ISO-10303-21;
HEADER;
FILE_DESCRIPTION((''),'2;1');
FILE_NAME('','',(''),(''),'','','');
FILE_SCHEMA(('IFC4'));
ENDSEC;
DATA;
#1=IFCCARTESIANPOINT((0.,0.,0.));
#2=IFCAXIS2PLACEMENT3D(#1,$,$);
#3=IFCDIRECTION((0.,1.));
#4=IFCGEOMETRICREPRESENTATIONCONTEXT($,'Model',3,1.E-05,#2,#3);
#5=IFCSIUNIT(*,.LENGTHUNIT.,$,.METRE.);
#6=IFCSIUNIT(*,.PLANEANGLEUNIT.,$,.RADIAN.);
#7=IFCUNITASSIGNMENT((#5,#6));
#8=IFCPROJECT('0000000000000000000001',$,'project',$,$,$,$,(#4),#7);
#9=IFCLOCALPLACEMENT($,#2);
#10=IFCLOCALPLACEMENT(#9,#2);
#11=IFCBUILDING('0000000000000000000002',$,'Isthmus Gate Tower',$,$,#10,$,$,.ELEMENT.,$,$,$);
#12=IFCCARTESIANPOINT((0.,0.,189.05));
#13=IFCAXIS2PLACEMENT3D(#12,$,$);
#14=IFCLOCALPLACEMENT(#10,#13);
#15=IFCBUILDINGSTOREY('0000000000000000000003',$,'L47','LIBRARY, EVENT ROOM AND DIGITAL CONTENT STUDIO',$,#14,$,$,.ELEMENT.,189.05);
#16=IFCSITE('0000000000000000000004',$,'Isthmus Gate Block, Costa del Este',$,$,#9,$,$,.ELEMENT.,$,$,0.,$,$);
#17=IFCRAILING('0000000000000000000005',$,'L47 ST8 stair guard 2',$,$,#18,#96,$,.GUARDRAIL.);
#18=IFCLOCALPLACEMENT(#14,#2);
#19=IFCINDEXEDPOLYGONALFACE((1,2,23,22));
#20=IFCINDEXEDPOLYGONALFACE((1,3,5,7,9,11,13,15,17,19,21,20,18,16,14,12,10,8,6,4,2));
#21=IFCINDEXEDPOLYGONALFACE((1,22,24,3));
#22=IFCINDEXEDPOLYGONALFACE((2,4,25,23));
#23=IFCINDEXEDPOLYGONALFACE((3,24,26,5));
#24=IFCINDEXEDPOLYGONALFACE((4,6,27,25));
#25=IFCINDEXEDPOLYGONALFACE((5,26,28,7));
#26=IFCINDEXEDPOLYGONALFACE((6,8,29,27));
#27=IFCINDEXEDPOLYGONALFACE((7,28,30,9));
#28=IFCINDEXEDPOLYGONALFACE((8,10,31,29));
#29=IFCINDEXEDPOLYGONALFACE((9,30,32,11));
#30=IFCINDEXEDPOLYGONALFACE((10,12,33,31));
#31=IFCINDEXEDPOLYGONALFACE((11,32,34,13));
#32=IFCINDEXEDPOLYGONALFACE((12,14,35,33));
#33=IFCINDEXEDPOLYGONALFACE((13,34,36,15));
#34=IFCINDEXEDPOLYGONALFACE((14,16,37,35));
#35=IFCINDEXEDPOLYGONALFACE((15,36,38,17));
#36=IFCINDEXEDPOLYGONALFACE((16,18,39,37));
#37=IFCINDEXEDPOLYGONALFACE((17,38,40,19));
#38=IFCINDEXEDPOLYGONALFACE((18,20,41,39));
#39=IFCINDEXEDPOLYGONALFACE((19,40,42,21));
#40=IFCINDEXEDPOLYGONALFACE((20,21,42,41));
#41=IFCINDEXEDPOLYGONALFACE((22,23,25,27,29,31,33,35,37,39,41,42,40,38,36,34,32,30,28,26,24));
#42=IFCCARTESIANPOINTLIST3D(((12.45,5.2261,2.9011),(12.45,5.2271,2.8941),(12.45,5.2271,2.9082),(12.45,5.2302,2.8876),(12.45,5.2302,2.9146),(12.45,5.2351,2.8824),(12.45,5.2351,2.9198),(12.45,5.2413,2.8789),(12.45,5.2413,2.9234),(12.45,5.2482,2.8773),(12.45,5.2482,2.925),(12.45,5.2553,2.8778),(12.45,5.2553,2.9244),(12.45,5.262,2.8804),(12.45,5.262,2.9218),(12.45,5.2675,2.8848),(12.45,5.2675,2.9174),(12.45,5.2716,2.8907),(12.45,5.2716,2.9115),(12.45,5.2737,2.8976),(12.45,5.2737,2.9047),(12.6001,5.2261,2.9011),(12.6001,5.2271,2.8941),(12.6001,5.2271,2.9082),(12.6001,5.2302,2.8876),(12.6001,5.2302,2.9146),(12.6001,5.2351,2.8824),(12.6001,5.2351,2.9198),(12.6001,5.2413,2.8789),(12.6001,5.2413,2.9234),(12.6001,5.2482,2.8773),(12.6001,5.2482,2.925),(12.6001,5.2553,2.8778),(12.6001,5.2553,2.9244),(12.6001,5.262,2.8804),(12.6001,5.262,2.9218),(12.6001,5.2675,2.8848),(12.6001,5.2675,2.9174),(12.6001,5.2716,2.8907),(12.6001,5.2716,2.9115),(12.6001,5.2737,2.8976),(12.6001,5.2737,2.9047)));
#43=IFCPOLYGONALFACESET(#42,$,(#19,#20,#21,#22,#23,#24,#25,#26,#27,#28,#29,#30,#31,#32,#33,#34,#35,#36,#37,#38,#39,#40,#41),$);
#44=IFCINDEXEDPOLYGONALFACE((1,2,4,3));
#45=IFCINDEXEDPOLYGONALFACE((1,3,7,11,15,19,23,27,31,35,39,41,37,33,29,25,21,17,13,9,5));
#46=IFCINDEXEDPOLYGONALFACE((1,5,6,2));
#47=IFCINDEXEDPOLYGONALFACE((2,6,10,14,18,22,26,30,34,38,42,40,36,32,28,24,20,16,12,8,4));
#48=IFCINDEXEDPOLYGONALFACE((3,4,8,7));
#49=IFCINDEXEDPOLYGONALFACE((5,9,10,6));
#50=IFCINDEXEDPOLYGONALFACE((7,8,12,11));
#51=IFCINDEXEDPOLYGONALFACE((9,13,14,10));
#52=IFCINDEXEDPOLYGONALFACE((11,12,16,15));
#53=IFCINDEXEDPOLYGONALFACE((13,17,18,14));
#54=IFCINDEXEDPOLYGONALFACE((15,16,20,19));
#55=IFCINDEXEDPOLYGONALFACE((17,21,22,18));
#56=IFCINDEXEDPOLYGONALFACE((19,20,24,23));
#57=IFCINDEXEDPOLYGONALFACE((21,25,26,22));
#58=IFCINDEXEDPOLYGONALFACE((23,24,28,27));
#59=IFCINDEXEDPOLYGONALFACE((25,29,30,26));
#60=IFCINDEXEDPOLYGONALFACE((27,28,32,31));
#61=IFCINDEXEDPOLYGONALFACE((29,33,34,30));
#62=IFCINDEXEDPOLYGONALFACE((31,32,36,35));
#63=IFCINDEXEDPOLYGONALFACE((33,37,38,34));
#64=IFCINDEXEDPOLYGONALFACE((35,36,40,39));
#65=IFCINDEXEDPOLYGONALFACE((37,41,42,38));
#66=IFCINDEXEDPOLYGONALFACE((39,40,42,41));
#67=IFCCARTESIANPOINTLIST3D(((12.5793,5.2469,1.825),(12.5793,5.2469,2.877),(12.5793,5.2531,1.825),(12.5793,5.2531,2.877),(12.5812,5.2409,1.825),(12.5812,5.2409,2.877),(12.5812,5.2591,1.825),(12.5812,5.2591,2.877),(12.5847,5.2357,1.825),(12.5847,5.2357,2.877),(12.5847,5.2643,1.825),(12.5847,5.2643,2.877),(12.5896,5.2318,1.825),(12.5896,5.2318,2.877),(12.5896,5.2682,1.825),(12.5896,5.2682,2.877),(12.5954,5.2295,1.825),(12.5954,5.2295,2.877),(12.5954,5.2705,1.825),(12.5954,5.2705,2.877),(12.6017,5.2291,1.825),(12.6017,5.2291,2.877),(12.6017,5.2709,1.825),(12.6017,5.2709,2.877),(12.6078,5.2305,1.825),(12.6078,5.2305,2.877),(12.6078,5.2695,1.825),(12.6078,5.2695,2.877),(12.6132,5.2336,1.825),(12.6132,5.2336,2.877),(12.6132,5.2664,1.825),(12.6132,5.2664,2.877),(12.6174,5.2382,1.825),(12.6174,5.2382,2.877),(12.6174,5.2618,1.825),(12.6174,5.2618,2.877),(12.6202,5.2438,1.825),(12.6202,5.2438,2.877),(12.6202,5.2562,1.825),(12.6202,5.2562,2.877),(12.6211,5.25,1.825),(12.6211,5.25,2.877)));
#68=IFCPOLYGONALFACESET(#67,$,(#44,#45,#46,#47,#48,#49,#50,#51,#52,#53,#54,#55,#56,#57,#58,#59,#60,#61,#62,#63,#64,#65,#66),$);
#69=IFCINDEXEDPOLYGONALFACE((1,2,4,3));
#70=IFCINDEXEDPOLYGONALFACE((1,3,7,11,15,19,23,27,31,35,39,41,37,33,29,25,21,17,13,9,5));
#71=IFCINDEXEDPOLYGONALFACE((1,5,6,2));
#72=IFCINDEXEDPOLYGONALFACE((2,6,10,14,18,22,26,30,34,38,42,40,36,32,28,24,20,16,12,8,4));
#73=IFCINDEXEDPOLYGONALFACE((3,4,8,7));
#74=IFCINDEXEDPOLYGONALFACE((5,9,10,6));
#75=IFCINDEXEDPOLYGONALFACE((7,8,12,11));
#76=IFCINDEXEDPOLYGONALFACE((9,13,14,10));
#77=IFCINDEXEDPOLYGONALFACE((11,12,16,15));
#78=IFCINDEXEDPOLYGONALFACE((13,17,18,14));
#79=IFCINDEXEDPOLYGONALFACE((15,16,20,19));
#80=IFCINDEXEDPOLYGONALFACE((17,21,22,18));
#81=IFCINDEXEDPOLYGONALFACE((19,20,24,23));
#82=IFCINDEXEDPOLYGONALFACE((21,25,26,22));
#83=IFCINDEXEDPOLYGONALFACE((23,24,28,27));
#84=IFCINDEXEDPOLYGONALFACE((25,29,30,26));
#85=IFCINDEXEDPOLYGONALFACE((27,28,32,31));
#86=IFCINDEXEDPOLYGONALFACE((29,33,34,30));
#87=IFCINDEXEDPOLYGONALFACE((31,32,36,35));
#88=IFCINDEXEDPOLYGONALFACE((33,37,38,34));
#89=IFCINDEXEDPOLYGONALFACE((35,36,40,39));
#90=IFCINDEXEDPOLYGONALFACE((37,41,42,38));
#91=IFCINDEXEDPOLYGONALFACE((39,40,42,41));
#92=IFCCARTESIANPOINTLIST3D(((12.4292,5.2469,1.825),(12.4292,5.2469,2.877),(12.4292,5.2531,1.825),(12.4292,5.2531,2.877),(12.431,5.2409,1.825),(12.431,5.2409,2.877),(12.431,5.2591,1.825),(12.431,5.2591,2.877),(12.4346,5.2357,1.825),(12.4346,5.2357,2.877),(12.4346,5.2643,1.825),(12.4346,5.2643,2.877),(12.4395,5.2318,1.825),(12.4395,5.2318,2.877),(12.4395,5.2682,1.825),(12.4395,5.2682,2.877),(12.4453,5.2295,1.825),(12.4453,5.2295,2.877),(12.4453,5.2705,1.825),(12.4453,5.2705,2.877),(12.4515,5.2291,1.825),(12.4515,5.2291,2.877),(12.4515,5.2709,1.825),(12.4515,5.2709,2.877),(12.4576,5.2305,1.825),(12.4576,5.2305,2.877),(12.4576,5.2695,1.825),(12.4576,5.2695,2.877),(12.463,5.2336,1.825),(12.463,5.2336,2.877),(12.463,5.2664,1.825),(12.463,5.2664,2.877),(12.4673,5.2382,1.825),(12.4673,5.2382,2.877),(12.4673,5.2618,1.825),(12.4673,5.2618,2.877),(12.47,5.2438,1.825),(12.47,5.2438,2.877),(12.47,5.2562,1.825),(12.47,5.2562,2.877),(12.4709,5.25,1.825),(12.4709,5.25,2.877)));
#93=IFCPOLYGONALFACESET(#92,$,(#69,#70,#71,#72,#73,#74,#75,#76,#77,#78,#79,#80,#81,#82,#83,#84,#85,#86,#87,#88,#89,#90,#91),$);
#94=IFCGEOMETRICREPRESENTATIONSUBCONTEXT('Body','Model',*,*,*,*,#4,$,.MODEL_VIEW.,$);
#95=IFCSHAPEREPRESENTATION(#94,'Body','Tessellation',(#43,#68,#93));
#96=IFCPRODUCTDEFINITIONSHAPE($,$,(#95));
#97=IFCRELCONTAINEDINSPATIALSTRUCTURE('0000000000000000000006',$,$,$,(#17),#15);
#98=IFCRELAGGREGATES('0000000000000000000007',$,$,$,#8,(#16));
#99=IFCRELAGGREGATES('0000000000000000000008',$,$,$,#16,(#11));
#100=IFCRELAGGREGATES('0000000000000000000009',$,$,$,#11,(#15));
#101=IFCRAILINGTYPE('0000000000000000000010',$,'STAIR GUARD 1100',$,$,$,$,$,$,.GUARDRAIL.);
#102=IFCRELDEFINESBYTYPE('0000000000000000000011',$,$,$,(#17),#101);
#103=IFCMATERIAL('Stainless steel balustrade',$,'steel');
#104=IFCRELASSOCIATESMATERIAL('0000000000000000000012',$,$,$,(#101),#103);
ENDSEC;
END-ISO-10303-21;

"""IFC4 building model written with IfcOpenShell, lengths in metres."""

from ifc_helpers import new_model, si_unit, direction, frame, origin, origin_2d, place, context, subcontext, project, spatial, circle, extrude, material, type_object, element, save


model = new_model("IFC4")

# Units and contexts
model_context = context("Model", 3, precision=1e-05, world=origin(), true_north=direction((0.0, 1.0)))
body_context = subcontext(model_context, "Body", "Model", "MODEL_VIEW")
ifc_project = project(units=[si_unit("LENGTHUNIT", "METRE"), si_unit("PLANEANGLEUNIT", "RADIAN")], contexts=[model_context])

# Site, building, storey
site_placement = place(None, origin())
site = spatial("IfcSite", under=ifc_project, at=site_placement, Name="Isthmus Gate Block, Costa del Este", CompositionType="ELEMENT", RefElevation=0.0)
building_placement = place(site_placement, origin())
building = spatial("IfcBuilding", under=site, at=building_placement, Name="Isthmus Gate Tower", CompositionType="ELEMENT")
storey_placement = place(building_placement, frame((0.0, 0.0, 189.05)))
storey = spatial("IfcBuildingStorey", under=building, at=storey_placement, Name="L47", Description="LIBRARY, EVENT ROOM AND DIGITAL CONTENT STUDIO", CompositionType="ELEMENT", Elevation=189.05)

# Railing
ifc_material_1 = material(Name="Stainless steel balustrade", Category="steel")
railing_type_1 = type_object("IfcRailingType", Name="STAIR GUARD 1100", PredefinedType="GUARDRAIL", material=ifc_material_1)
railing_1_placement = place(storey_placement, frame((12.6001, 5.25, 1.825)))
element("IfcRailing", 1, at=railing_1_placement, inside=storey, type_object=railing_type_1, Name="L47 ST8 stair guard 2", PredefinedType="GUARDRAIL", context=body_context, shape_type="SweptSolid", body=[
    extrude(circle(Radius=0.0239, at=origin_2d()), frame((0.0, 0.0, 1.0762), z_axis=(-1.0, 0.0, 0.0), x_axis=(0.0, -1.0, 0.0)), (0.0, 0.0, 1.0), 0.1501),
    extrude(circle(Radius=0.021, at=origin_2d()), origin(), (0.0, 0.0, 1.0), 1.052),
    extrude(circle(Radius=0.021, at=origin_2d()), frame((-0.1501, 0.0, 0.0)), (0.0, 0.0, 1.0), 1.052),
])

save(model, "model.ifc")
